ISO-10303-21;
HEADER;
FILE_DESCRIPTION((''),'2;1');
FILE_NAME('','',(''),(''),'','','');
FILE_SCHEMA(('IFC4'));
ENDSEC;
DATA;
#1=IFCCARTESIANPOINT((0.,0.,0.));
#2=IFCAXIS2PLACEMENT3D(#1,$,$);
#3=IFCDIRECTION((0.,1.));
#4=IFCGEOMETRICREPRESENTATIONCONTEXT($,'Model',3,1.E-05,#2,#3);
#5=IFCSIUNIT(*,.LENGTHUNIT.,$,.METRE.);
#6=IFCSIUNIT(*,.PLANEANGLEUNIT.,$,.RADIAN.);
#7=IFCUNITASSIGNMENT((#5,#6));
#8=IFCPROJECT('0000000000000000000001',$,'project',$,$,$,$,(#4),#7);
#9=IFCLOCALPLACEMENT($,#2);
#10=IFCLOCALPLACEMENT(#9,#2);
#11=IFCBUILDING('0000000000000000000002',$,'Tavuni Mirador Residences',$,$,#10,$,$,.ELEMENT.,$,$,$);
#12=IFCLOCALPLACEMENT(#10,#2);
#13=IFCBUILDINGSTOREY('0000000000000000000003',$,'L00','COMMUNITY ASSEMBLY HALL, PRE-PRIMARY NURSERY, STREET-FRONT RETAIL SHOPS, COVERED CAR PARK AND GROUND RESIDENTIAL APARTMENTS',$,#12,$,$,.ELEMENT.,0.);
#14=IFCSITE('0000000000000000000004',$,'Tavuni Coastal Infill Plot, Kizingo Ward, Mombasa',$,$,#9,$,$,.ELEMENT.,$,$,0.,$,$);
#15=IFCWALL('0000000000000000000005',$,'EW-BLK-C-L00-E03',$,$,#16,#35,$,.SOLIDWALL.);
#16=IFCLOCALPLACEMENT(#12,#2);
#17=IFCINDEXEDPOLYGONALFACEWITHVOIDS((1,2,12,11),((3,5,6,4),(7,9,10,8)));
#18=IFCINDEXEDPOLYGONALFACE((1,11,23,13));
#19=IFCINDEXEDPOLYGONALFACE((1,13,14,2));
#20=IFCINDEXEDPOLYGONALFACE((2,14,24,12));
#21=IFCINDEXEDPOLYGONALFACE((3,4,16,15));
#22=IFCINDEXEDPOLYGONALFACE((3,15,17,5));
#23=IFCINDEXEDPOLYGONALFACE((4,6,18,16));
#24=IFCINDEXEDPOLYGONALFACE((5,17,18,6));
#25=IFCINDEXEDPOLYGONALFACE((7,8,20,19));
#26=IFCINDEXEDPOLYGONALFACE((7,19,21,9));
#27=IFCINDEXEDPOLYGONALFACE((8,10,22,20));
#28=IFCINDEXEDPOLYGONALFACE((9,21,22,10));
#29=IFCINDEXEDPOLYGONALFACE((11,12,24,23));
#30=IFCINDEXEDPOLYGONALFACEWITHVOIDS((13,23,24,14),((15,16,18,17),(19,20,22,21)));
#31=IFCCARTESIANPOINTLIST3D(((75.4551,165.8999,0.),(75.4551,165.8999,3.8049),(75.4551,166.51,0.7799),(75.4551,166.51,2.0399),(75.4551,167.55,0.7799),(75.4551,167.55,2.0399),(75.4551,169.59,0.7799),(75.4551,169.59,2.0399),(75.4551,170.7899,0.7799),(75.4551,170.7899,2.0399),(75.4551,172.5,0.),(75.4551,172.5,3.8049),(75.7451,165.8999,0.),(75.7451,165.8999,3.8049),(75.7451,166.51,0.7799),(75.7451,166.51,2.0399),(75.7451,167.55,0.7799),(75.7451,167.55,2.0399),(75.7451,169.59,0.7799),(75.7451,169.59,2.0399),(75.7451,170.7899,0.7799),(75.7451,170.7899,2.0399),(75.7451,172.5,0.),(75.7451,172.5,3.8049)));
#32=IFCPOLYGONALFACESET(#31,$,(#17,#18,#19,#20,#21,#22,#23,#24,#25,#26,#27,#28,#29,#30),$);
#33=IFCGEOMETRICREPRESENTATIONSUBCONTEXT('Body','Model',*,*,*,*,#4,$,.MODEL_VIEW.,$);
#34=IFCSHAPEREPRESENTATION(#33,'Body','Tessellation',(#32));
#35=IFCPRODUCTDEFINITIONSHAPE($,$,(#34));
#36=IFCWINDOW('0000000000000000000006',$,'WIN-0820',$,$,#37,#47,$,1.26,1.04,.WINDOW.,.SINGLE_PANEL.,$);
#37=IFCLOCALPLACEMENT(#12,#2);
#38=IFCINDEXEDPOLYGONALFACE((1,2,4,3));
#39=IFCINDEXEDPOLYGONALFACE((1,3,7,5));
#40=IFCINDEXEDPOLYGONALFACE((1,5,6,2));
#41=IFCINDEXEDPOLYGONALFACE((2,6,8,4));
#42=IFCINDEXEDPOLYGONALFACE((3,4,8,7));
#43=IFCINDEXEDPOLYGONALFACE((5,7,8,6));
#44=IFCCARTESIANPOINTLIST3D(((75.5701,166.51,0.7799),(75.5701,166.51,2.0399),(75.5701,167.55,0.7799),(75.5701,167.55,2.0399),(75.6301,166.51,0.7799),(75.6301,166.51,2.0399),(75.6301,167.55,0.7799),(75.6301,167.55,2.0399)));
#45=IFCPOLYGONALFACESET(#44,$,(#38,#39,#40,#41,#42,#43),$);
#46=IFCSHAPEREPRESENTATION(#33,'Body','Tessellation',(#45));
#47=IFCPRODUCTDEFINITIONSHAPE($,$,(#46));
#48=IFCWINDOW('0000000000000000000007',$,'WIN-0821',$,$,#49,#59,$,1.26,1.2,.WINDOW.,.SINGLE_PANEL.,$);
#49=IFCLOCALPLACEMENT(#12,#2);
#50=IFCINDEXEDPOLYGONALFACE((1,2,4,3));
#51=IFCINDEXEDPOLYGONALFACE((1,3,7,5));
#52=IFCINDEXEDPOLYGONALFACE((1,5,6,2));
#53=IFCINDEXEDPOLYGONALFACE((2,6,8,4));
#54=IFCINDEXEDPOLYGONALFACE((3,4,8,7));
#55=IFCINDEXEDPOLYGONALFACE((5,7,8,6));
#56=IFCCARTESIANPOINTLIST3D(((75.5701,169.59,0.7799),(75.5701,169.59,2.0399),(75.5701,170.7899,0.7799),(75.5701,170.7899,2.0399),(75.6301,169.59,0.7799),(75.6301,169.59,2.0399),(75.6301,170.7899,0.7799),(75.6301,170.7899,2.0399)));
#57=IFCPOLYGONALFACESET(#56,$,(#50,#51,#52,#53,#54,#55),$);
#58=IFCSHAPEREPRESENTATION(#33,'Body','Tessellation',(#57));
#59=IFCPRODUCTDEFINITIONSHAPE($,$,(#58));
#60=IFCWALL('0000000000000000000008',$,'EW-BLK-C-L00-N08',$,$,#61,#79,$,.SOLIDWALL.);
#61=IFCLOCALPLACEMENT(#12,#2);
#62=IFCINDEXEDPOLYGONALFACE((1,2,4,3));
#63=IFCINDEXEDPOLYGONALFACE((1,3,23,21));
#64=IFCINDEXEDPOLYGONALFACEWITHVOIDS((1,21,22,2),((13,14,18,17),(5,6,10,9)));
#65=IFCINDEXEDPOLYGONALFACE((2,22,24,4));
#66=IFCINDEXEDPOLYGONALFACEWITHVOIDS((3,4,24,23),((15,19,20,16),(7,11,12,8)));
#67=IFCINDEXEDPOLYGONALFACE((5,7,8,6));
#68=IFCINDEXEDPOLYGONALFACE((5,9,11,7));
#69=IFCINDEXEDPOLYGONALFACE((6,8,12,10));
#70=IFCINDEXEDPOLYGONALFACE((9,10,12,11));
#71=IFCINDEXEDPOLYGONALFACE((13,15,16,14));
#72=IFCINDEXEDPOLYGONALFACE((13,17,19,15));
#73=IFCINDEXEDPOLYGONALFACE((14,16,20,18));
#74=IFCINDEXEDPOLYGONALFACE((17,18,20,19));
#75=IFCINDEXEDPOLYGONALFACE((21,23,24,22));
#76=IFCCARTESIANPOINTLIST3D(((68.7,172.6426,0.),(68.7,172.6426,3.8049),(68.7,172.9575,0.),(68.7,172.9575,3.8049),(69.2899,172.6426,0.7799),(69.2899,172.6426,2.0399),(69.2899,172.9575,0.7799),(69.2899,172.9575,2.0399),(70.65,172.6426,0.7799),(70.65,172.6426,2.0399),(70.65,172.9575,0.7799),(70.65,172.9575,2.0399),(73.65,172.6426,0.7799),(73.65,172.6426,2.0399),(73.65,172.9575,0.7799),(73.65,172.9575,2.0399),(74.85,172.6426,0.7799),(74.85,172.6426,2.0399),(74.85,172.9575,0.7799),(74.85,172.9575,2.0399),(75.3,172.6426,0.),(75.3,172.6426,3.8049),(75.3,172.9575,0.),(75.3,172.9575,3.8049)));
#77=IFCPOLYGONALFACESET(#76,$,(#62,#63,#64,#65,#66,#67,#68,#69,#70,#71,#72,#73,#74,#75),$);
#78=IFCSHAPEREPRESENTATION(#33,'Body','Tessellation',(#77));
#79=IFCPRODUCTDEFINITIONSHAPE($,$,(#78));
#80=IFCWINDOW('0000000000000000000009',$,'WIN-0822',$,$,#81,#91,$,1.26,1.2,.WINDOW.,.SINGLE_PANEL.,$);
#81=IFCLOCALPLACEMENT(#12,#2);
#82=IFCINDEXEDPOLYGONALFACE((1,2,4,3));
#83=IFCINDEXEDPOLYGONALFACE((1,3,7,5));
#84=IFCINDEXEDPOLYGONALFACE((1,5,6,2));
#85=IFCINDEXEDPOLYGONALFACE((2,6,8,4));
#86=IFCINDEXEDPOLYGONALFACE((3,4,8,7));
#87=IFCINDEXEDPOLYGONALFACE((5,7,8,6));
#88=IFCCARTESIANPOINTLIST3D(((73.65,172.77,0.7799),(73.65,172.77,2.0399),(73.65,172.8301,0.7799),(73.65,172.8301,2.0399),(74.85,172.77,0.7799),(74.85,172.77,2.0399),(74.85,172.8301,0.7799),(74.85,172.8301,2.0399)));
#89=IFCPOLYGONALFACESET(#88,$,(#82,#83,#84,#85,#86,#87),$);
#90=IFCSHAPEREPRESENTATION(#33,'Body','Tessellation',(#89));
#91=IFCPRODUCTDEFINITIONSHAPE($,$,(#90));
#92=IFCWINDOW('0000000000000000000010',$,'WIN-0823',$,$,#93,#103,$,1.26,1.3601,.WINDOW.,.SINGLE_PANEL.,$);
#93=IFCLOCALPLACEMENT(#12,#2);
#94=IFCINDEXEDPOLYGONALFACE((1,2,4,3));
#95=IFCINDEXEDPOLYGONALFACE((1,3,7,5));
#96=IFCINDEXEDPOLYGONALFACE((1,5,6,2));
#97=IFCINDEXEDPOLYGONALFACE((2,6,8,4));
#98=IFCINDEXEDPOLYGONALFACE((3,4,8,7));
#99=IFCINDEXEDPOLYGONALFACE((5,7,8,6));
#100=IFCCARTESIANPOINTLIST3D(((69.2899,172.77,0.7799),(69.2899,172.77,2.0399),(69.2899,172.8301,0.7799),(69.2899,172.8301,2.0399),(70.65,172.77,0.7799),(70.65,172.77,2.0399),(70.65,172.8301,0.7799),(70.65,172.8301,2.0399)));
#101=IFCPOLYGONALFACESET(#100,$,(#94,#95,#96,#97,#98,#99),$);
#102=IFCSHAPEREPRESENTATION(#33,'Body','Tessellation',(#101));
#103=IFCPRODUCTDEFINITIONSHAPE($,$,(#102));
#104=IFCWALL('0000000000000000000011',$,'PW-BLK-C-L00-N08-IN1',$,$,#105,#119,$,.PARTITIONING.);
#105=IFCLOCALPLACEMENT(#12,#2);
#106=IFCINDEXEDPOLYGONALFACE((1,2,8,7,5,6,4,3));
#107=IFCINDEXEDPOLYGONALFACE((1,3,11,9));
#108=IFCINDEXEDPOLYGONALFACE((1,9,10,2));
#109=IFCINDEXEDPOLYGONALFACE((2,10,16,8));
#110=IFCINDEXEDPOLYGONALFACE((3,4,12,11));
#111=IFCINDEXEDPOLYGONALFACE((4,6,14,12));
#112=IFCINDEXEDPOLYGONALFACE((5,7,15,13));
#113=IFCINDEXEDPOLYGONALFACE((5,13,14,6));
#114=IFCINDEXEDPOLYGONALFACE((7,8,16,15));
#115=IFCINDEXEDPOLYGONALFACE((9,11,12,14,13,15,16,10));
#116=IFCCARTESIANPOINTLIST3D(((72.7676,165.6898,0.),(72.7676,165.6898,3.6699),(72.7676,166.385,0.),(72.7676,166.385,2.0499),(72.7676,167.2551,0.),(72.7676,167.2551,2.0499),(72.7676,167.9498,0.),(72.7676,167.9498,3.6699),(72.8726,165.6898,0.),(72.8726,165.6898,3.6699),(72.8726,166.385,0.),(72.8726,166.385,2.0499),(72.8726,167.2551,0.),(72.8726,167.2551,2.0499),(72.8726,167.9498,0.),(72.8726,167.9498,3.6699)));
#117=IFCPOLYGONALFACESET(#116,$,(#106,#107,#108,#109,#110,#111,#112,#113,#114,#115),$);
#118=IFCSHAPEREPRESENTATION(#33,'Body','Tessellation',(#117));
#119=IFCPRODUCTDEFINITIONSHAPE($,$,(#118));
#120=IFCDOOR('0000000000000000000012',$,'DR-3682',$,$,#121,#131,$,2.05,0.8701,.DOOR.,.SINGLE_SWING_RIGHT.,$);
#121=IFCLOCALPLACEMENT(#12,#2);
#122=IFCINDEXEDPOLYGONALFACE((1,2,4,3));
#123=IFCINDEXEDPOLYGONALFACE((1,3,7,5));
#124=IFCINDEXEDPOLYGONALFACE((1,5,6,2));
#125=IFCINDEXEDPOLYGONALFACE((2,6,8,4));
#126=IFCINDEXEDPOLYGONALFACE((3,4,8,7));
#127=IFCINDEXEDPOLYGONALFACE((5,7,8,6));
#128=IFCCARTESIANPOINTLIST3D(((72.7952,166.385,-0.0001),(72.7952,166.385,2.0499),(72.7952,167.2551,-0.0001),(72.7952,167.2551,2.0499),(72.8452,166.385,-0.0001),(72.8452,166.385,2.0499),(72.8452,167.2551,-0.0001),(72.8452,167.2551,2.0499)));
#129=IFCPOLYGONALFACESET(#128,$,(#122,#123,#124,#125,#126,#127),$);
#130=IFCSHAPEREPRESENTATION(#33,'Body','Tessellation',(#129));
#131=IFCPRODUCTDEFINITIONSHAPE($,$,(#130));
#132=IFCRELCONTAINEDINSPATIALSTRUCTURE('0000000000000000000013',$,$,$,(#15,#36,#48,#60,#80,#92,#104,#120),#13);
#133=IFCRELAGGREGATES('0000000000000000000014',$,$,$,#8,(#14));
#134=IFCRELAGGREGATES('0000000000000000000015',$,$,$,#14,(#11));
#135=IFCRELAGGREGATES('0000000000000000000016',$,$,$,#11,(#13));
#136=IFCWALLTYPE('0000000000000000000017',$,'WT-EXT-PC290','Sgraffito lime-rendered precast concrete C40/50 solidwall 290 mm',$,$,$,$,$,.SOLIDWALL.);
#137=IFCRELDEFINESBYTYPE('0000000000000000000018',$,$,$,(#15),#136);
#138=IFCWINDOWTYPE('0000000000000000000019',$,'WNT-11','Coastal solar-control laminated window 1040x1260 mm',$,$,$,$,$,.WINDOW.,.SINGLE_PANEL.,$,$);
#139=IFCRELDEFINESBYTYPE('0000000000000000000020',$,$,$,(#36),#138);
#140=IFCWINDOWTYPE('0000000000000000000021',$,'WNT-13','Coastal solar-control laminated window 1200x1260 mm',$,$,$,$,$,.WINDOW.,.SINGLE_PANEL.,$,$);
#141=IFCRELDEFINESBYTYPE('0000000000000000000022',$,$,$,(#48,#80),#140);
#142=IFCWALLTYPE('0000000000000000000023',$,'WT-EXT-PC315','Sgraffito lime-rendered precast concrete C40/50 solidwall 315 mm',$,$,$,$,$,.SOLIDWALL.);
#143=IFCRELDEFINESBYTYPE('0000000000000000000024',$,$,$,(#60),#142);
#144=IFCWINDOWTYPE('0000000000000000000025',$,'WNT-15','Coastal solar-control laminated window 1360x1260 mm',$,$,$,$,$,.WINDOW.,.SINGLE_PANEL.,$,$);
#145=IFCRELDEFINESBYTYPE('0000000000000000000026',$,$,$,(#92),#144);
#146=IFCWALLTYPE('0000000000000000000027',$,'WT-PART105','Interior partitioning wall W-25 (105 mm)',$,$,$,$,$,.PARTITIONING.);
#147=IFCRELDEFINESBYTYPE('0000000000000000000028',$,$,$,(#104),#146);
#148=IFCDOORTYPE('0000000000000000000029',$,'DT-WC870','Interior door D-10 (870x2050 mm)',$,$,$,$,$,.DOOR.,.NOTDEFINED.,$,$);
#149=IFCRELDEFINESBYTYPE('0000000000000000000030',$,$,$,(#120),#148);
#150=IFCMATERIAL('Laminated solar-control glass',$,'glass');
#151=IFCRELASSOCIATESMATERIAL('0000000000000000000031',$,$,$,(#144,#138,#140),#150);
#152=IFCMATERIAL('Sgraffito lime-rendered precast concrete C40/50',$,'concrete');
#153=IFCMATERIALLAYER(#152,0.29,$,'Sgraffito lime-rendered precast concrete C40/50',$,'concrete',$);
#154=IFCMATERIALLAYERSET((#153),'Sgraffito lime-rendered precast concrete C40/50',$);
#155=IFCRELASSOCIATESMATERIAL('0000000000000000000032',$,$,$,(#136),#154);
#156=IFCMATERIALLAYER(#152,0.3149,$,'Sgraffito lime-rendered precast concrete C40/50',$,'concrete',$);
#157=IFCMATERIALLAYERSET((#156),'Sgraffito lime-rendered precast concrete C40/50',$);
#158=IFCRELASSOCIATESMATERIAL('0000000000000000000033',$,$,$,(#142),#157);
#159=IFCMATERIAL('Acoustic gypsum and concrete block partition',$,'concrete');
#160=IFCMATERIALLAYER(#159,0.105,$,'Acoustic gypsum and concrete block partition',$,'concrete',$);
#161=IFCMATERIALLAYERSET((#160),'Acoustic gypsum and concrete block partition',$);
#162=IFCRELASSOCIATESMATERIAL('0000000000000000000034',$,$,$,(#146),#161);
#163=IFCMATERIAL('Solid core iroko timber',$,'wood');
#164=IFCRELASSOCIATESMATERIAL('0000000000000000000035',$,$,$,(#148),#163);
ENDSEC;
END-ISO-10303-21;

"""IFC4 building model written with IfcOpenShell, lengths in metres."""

from ifc_helpers import new_model, si_unit, direction, frame, frame_2d, origin, place, context, subcontext, project, spatial, rectangle, extrude, material, layer, layer_set, type_object, element, fill, save


model = new_model("IFC4")

# Units and contexts
model_context = context("Model", 3, precision=1e-05, world=origin(), true_north=direction((0.0, 1.0)))
body_context = subcontext(model_context, "Body", "Model", "MODEL_VIEW")
ifc_project = project(units=[si_unit("LENGTHUNIT", "METRE"), si_unit("PLANEANGLEUNIT", "RADIAN")], contexts=[model_context])

# Site, building, storey
site_placement = place(None, origin())
site = spatial("IfcSite", under=ifc_project, at=site_placement, Name="Tavuni Coastal Infill Plot, Kizingo Ward, Mombasa", CompositionType="ELEMENT", RefElevation=0.0)
building_placement = place(site_placement, origin())
building = spatial("IfcBuilding", under=site, at=building_placement, Name="Tavuni Mirador Residences", CompositionType="ELEMENT")
storey_placement = place(building_placement, origin())
storey = spatial("IfcBuildingStorey", under=building, at=storey_placement, Name="L00", Description="COMMUNITY ASSEMBLY HALL, PRE-PRIMARY NURSERY, STREET-FRONT RETAIL SHOPS, COVERED CAR PARK AND GROUND RESIDENTIAL APARTMENTS", CompositionType="ELEMENT", Elevation=0.0)

# Shared definitions
ifc_material_1 = material(Name="Solid core iroko timber", Category="wood")

# Walls, openings, windows
ifc_material_2 = material(Name="Laminated solar-control glass", Category="glass")
window_type_1 = type_object("IfcWindowType", Name="WNT-15", Description="Coastal solar-control laminated window 1360x1260 mm", PartitioningType="SINGLE_PANEL", PredefinedType="WINDOW", material=ifc_material_2)
ifc_material_3 = material(Name="Sgraffito lime-rendered precast concrete C40/50", Category="concrete")
ifc_layer_1 = layer(ifc_material_3, 0.29, Name="Sgraffito lime-rendered precast concrete C40/50", Category="concrete")
ifc_layer_set_1 = layer_set([ifc_layer_1], Name="Sgraffito lime-rendered precast concrete C40/50")
wall_type_1 = type_object("IfcWallType", Name="WT-EXT-PC290", Description="Sgraffito lime-rendered precast concrete C40/50 solidwall 290 mm", PredefinedType="SOLIDWALL", material=ifc_layer_set_1)
wall_1_placement = place(storey_placement, frame((75.6001, 165.8999, 0.0), z_axis=(0.0, 0.0, 1.0), x_axis=(0.0, 1.0, 0.0)))
wall_1 = element("IfcWall", 1, at=wall_1_placement, inside=storey, type_object=wall_type_1, Name="EW-BLK-C-L00-E03", PredefinedType="SOLIDWALL", context=body_context, shape_type="SweptSolid", body=[
    extrude(rectangle(XDim=6.6001, YDim=0.29, at=frame_2d((3.3, 0.0))), origin(), (0.0, 0.0, 1.0), 3.8049),
])
opening_1_placement = place(wall_1_placement, frame((0.6101, 0.0, 0.78)))
opening_1 = element("IfcOpeningElement", 2, at=opening_1_placement, cuts=wall_1, PredefinedType="OPENING", context=body_context, shape_type="SweptSolid", body=[
    extrude(rectangle(XDim=1.04, YDim=1.26, at=frame_2d((0.52, 0.6299))), frame((0.0, 0.155, 0.0), z_axis=(0.0, -1.0, 0.0), x_axis=(1.0, 0.0, 0.0)), (0.0, 0.0, 1.0), 0.3101),
])
opening_2_placement = place(wall_1_placement, frame((3.6899, 0.0, 0.78)))
opening_2 = element("IfcOpeningElement", 3, at=opening_2_placement, cuts=wall_1, PredefinedType="OPENING", context=body_context, shape_type="SweptSolid", body=[
    extrude(rectangle(XDim=1.2, YDim=1.26, at=frame_2d((0.6001, 0.6299))), frame((0.0, 0.155, 0.0), z_axis=(0.0, -1.0, 0.0), x_axis=(1.0, 0.0, 0.0)), (0.0, 0.0, 1.0), 0.3101),
])
window_type_2 = type_object("IfcWindowType", Name="WNT-11", Description="Coastal solar-control laminated window 1040x1260 mm", PartitioningType="SINGLE_PANEL", PredefinedType="WINDOW", material=ifc_material_2)
window_1_placement = place(opening_1_placement, origin())
window_1 = element("IfcWindow", 4, at=window_1_placement, inside=storey, type_object=window_type_2, Name="WIN-0820", OverallHeight=1.26, OverallWidth=1.04, PartitioningType="SINGLE_PANEL", PredefinedType="WINDOW", context=body_context, shape_type="SweptSolid", body=[
    extrude(rectangle(XDim=1.04, YDim=1.26, at=frame_2d((0.52, 0.6299))), frame((0.0, 0.03, 0.0), z_axis=(0.0, -1.0, 0.0), x_axis=(1.0, 0.0, 0.0)), (0.0, 0.0, 1.0), 0.0601),
])
fill(opening_1, window_1)
window_type_3 = type_object("IfcWindowType", Name="WNT-13", Description="Coastal solar-control laminated window 1200x1260 mm", PartitioningType="SINGLE_PANEL", PredefinedType="WINDOW", material=ifc_material_2)
window_2_placement = place(opening_2_placement, origin())
window_2 = element("IfcWindow", 5, at=window_2_placement, inside=storey, type_object=window_type_3, Name="WIN-0821", OverallHeight=1.26, OverallWidth=1.2, PartitioningType="SINGLE_PANEL", PredefinedType="WINDOW", context=body_context, shape_type="SweptSolid", body=[
    extrude(rectangle(XDim=1.2, YDim=1.26, at=frame_2d((0.6001, 0.6299))), frame((0.0, 0.03, 0.0), z_axis=(0.0, -1.0, 0.0), x_axis=(1.0, 0.0, 0.0)), (0.0, 0.0, 1.0), 0.0601),
])
fill(opening_2, window_2)
ifc_layer_2 = layer(ifc_material_3, 0.3149, Name="Sgraffito lime-rendered precast concrete C40/50", Category="concrete")
ifc_layer_set_2 = layer_set([ifc_layer_2], Name="Sgraffito lime-rendered precast concrete C40/50")
wall_type_2 = type_object("IfcWallType", Name="WT-EXT-PC315", Description="Sgraffito lime-rendered precast concrete C40/50 solidwall 315 mm", PredefinedType="SOLIDWALL", material=ifc_layer_set_2)
wall_2_placement = place(storey_placement, frame((75.3, 172.8, 0.0), z_axis=(0.0, 0.0, 1.0), x_axis=(-1.0, 0.0, 0.0)))
wall_2 = element("IfcWall", 6, at=wall_2_placement, inside=storey, type_object=wall_type_2, Name="EW-BLK-C-L00-N08", PredefinedType="SOLIDWALL", context=body_context, shape_type="SweptSolid", body=[
    extrude(rectangle(XDim=6.6001, YDim=0.3149, at=frame_2d((3.3, 0.0))), origin(), (0.0, 0.0, 1.0), 3.8049),
])
opening_3_placement = place(wall_2_placement, frame((0.45, 0.0, 0.78)))
opening_3 = element("IfcOpeningElement", 7, at=opening_3_placement, cuts=wall_2, PredefinedType="OPENING", context=body_context, shape_type="SweptSolid", body=[
    extrude(rectangle(XDim=1.2, YDim=1.26, at=frame_2d((0.6001, 0.6299))), frame((0.0, 0.1675, 0.0), z_axis=(0.0, -1.0, 0.0), x_axis=(1.0, 0.0, 0.0)), (0.0, 0.0, 1.0), 0.335),
])
opening_4_placement = place(wall_2_placement, frame((4.6499, 0.0, 0.78)))
opening_4 = element("IfcOpeningElement", 8, at=opening_4_placement, cuts=wall_2, PredefinedType="OPENING", context=body_context, shape_type="SweptSolid", body=[
    extrude(rectangle(XDim=1.3601, YDim=1.26, at=frame_2d((0.6802, 0.6299))), frame((0.0, 0.1675, 0.0), z_axis=(0.0, -1.0, 0.0), x_axis=(1.0, 0.0, 0.0)), (0.0, 0.0, 1.0), 0.335),
])
window_3_placement = place(opening_3_placement, origin())
window_3 = element("IfcWindow", 9, at=window_3_placement, inside=storey, type_object=window_type_3, Name="WIN-0822", OverallHeight=1.26, OverallWidth=1.2, PartitioningType="SINGLE_PANEL", PredefinedType="WINDOW", context=body_context, shape_type="SweptSolid", body=[
    extrude(rectangle(XDim=1.2, YDim=1.26, at=frame_2d((0.6001, 0.6299))), frame((0.0, 0.03, 0.0), z_axis=(0.0, -1.0, 0.0), x_axis=(1.0, 0.0, 0.0)), (0.0, 0.0, 1.0), 0.0601),
])
fill(opening_3, window_3)
window_4_placement = place(opening_4_placement, origin())
window_4 = element("IfcWindow", 10, at=window_4_placement, inside=storey, type_object=window_type_1, Name="WIN-0823", OverallHeight=1.26, OverallWidth=1.3601, PartitioningType="SINGLE_PANEL", PredefinedType="WINDOW", context=body_context, shape_type="SweptSolid", body=[
    extrude(rectangle(XDim=1.3601, YDim=1.26, at=frame_2d((0.6802, 0.6299))), frame((0.0, 0.03, 0.0), z_axis=(0.0, -1.0, 0.0), x_axis=(1.0, 0.0, 0.0)), (0.0, 0.0, 1.0), 0.0601),
])
fill(opening_4, window_4)

# Wall, opening, door
ifc_material_4 = material(Name="Acoustic gypsum and concrete block partition", Category="concrete")
ifc_layer_3 = layer(ifc_material_4, 0.105, Name="Acoustic gypsum and concrete block partition", Category="concrete")
ifc_layer_set_3 = layer_set([ifc_layer_3], Name="Acoustic gypsum and concrete block partition")
wall_type_3 = type_object("IfcWallType", Name="WT-PART105", Description="Interior partitioning wall W-25 (105 mm)", PredefinedType="PARTITIONING", material=ifc_layer_set_3)
wall_3_placement = place(storey_placement, frame((72.8201, 165.6899, 0.0), z_axis=(0.0, 0.0, 1.0), x_axis=(0.0, 1.0, 0.0)))
wall_3 = element("IfcWall", 11, at=wall_3_placement, inside=storey, type_object=wall_type_3, Name="PW-BLK-C-L00-N08-IN1", PredefinedType="PARTITIONING", context=body_context, shape_type="SweptSolid", body=[
    extrude(rectangle(XDim=2.26, YDim=0.105, at=frame_2d((1.1299, 0.0))), origin(), (0.0, 0.0, 1.0), 3.6699),
])
opening_5_placement = place(wall_3_placement, frame((0.6951, 0.0, 0.0)))
opening_5 = element("IfcOpeningElement", 12, at=opening_5_placement, cuts=wall_3, PredefinedType="OPENING", context=body_context, shape_type="SweptSolid", body=[
    extrude(rectangle(XDim=0.8701, YDim=2.05, at=frame_2d((0.4351, 1.0249))), frame((0.0, 0.0625, 0.0), z_axis=(0.0, -1.0, 0.0), x_axis=(1.0, 0.0, 0.0)), (0.0, 0.0, 1.0), 0.125),
])
door_type_1 = type_object("IfcDoorType", Name="DT-WC870", Description="Interior door D-10 (870x2050 mm)", OperationType="NOTDEFINED", PredefinedType="DOOR", material=ifc_material_1)
door_1_placement = place(opening_5_placement, origin())
door_1 = element("IfcDoor", 13, at=door_1_placement, inside=storey, type_object=door_type_1, Name="DR-3682", OperationType="SINGLE_SWING_RIGHT", OverallHeight=2.05, OverallWidth=0.8701, PredefinedType="DOOR", context=body_context, shape_type="SweptSolid", body=[
    extrude(rectangle(XDim=0.8701, YDim=2.05, at=frame_2d((0.4351, 1.0249))), frame((0.0, 0.0249, 0.0), z_axis=(0.0, -1.0, 0.0), x_axis=(1.0, 0.0, 0.0)), (0.0, 0.0, 1.0), 0.05),
])
fill(opening_5, door_1)

save(model, "model.ifc")
